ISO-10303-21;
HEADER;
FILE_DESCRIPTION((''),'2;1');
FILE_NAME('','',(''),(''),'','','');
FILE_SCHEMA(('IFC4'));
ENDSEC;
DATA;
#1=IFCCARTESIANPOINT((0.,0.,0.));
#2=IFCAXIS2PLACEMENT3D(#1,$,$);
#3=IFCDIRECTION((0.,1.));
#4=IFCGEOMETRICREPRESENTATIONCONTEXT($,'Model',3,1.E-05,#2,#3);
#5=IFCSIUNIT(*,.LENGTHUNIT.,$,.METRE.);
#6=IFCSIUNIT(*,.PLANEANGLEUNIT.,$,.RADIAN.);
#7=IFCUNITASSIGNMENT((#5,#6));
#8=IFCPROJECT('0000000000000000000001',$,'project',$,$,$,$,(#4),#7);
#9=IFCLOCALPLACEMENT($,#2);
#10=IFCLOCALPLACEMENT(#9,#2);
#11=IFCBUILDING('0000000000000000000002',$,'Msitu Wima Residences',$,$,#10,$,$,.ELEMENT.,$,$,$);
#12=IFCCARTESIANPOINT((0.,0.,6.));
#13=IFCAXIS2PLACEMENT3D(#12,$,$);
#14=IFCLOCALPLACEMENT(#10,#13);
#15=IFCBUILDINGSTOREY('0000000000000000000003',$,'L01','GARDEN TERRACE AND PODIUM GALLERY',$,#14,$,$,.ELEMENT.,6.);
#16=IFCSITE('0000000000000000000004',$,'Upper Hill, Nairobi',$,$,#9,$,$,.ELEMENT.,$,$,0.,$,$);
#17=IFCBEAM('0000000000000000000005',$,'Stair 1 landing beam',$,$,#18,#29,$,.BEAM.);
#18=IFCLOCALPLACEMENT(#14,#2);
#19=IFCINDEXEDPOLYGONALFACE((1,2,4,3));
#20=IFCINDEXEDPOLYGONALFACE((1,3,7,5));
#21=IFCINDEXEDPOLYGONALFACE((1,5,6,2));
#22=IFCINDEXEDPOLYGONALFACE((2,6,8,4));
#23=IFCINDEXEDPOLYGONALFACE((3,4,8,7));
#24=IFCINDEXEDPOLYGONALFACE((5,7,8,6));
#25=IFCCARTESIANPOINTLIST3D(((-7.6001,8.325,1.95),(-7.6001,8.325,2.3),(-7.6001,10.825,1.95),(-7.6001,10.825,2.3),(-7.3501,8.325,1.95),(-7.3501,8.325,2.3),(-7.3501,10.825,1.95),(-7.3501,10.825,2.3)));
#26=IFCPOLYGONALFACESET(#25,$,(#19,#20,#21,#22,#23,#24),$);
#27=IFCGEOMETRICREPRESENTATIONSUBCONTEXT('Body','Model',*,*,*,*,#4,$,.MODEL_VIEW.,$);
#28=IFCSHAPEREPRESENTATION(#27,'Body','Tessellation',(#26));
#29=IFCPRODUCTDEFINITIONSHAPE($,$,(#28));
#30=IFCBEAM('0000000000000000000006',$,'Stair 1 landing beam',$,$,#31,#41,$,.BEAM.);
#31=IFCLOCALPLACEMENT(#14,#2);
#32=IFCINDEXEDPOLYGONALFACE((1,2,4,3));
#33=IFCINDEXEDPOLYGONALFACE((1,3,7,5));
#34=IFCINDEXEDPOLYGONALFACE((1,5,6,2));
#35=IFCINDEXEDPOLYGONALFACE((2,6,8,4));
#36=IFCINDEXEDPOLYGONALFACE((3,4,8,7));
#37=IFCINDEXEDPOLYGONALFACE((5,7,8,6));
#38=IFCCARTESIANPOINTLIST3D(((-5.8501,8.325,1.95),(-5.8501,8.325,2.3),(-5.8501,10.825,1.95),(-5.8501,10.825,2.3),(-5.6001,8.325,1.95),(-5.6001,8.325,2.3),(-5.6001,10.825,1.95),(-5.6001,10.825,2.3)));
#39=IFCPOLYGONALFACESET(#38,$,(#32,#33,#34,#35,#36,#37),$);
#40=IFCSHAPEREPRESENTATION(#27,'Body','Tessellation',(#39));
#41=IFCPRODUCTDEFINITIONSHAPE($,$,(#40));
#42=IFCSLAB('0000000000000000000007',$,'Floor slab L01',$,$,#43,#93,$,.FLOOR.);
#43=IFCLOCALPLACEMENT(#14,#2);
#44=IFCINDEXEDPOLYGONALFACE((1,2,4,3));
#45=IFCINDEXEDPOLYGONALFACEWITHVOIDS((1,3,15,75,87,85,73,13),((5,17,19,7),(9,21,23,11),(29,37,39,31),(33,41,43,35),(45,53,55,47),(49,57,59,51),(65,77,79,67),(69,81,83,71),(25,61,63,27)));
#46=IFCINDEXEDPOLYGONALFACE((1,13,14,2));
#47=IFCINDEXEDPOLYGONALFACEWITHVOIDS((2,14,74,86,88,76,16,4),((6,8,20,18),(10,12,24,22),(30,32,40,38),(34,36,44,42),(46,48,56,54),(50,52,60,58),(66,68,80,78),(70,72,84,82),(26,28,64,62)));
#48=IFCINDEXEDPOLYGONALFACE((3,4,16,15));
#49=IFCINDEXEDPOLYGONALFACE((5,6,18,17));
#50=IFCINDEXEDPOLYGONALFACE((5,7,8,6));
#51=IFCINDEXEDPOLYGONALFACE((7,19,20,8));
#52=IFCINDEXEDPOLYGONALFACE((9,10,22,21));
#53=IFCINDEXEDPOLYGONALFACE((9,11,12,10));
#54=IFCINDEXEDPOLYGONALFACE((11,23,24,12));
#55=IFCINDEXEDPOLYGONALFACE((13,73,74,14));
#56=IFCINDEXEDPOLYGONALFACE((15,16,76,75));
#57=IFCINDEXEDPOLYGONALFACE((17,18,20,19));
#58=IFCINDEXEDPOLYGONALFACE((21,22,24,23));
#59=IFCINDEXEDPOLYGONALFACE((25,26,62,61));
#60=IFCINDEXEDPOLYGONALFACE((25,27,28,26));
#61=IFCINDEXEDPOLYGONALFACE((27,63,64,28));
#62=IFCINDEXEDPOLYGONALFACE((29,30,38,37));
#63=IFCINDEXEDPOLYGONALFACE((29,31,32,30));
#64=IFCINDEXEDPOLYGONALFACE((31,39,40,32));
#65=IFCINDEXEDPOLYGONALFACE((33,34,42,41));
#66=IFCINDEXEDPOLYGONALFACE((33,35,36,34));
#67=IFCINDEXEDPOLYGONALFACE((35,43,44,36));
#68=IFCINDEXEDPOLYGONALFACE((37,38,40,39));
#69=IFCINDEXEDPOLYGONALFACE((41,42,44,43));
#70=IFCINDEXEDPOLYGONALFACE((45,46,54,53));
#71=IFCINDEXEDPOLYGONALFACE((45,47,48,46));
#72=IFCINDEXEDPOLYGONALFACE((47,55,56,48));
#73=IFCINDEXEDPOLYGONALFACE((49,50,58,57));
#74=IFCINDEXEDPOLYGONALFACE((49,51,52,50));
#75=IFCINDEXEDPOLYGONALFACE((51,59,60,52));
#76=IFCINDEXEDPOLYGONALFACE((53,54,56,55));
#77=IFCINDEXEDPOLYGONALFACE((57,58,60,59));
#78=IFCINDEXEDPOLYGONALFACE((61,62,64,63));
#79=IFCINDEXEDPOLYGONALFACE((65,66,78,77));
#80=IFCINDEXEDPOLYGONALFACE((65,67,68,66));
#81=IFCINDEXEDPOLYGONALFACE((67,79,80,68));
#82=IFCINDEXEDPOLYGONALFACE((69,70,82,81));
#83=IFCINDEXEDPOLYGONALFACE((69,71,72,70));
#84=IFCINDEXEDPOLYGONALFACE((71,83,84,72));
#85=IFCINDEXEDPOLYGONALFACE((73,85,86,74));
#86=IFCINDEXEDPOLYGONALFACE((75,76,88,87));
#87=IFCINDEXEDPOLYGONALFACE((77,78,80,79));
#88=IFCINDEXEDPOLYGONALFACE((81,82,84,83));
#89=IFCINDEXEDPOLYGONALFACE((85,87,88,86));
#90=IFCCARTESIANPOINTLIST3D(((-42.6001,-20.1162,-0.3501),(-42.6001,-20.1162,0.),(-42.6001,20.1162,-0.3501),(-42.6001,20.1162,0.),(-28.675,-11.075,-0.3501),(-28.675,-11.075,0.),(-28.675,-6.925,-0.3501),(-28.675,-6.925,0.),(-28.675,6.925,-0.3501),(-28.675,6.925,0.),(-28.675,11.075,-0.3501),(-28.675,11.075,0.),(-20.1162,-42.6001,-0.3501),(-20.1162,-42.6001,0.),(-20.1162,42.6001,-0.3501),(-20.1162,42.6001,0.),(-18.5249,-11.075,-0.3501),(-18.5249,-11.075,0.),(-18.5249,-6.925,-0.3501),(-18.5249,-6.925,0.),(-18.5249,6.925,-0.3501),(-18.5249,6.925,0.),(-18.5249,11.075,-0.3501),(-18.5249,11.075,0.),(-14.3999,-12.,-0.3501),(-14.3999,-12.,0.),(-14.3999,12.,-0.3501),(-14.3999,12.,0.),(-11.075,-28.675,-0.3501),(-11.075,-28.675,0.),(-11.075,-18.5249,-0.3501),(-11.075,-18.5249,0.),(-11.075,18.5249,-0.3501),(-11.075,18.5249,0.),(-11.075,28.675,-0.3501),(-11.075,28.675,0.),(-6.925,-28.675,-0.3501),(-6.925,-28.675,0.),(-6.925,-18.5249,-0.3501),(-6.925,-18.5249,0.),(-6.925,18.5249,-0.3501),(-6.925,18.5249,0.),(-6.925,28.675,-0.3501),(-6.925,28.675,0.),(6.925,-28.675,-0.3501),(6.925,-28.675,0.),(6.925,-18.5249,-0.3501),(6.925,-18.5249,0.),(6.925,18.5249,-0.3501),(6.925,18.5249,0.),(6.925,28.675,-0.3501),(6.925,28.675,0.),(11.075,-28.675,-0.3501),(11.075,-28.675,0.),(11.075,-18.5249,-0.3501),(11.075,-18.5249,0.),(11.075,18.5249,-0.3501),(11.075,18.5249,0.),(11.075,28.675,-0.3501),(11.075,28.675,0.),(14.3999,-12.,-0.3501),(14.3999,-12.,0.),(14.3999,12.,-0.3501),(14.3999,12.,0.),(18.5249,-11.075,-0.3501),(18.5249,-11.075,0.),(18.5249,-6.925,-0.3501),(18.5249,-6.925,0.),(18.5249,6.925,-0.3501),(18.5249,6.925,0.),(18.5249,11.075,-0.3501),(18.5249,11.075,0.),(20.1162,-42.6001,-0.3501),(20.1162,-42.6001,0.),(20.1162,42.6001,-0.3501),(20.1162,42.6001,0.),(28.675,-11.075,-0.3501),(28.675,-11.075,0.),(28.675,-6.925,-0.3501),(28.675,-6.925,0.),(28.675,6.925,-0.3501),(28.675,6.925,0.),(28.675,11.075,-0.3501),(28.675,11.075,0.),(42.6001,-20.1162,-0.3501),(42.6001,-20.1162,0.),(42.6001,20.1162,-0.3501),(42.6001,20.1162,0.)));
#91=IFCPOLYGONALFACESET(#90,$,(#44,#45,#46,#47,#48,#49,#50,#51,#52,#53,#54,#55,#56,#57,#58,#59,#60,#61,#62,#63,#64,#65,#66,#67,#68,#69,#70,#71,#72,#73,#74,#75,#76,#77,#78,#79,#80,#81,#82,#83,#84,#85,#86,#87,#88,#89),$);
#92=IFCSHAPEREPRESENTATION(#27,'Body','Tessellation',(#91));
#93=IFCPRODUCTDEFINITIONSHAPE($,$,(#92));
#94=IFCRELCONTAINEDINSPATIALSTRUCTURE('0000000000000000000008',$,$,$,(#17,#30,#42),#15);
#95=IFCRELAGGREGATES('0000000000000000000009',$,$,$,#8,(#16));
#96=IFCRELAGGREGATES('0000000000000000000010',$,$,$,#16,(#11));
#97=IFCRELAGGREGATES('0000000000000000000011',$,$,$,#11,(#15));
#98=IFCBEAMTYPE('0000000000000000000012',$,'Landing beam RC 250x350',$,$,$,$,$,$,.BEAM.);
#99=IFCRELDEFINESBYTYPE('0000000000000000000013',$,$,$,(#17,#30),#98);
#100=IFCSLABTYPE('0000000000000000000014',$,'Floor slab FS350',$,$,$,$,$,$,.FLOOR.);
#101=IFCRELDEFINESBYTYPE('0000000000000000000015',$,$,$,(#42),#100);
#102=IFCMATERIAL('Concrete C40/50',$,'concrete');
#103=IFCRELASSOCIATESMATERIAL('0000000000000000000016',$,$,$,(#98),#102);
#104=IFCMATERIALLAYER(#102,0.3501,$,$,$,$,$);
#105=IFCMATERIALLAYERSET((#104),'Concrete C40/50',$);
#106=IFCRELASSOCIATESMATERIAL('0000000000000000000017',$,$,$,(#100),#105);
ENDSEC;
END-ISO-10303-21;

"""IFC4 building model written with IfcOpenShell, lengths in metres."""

from ifc_helpers import new_model, si_unit, direction, frame, origin, origin_2d, place, context, subcontext, project, spatial, polyline, rectangle, outline, extrude, material, layer, layer_set, material_profile, profile_set, type_object, element, save


model = new_model("IFC4")

# Units and contexts
model_context = context("Model", 3, precision=1e-05, world=origin(), true_north=direction((0.0, 1.0)))
body_context = subcontext(model_context, "Body", "Model", "MODEL_VIEW")
ifc_project = project(units=[si_unit("LENGTHUNIT", "METRE"), si_unit("PLANEANGLEUNIT", "RADIAN")], contexts=[model_context])

# Site, building, storey
site_placement = place(None, origin())
site = spatial("IfcSite", under=ifc_project, at=site_placement, Name="Upper Hill, Nairobi", CompositionType="ELEMENT", RefElevation=0.0)
building_placement = place(site_placement, origin())
building = spatial("IfcBuilding", under=site, at=building_placement, Name="Msitu Wima Residences", CompositionType="ELEMENT")
storey_placement = place(building_placement, frame((0.0, 0.0, 6.0)))
storey = spatial("IfcBuildingStorey", under=building, at=storey_placement, Name="L01", Description="GARDEN TERRACE AND PODIUM GALLERY", CompositionType="ELEMENT", Elevation=6.0)

# Beams
ifc_material_1 = material(Name="Concrete C40/50", Category="concrete")
ifc_material_profile = material_profile(ifc_material_1, rectangle(XDim=0.25, YDim=0.3501, at=origin_2d()), Name="RC 250x350")
ifc_profile_set = profile_set([ifc_material_profile], Name="Concrete C40/50")
beam_type = type_object("IfcBeamType", Name="Landing beam RC 250x350", PredefinedType="BEAM", material=ifc_profile_set)
for number, where, z_axis, x_axis, name in (
    (1, (-7.4751, 8.325, 2.125), (0.0, 1.0, 0.0), (-1.0, 0.0, 0.0), "Stair 1 landing beam"),
    (2, (-5.7251, 8.325, 2.125), (0.0, 1.0, 0.0), (-1.0, 0.0, 0.0), "Stair 1 landing beam"),
):
    element("IfcBeam", number, at=place(storey_placement, frame(where, z_axis=z_axis, x_axis=x_axis)), inside=storey, type_object=beam_type, Name=name, PredefinedType="BEAM", context=body_context, shape_type="SweptSolid", body=[
        extrude(rectangle(XDim=0.25, YDim=0.3501, at=origin_2d()), origin(), (0.0, 0.0, 1.0), 2.5),
    ])

# Slab
ifc_layer_1 = layer(ifc_material_1, 0.3501)
ifc_layer_set_1 = layer_set([ifc_layer_1], Name="Concrete C40/50")
slab_type_1 = type_object("IfcSlabType", Name="Floor slab FS350", PredefinedType="FLOOR", material=ifc_layer_set_1)
slab_1_placement = place(storey_placement, frame((0.0, 0.0, -0.3501)))
element("IfcSlab", 3, at=slab_1_placement, inside=storey, type_object=slab_type_1, Name="Floor slab L01", PredefinedType="FLOOR", context=body_context, shape_type="SweptSolid", body=[
    extrude(outline(polyline([(20.1162, -42.6001), (-20.1162, -42.6001), (-42.6001, -20.1162), (-42.6001, 20.1162), (-20.1162, 42.6001), (20.1162, 42.6001), (42.6001, 20.1162), (42.6001, -20.1162), (20.1162, -42.6001)]), holes=[polyline([(14.3999, 12.0), (-14.3999, 12.0), (-14.3999, -12.0), (14.3999, -12.0), (14.3999, 12.0)]), polyline([(18.5249, 6.925), (28.675, 6.925), (28.675, 11.075), (18.5249, 11.075), (18.5249, 6.925)]), polyline([(28.675, -6.925), (18.5249, -6.925), (18.5249, -11.075), (28.675, -11.075), (28.675, -6.925)]), polyline([(-11.075, 28.675), (-11.075, 18.5249), (-6.925, 18.5249), (-6.925, 28.675), (-11.075, 28.675)]), polyline([(11.075, 18.5249), (11.075, 28.675), (6.925, 28.675), (6.925, 18.5249), (11.075, 18.5249)]), polyline([(-18.5249, -6.925), (-28.675, -6.925), (-28.675, -11.075), (-18.5249, -11.075), (-18.5249, -6.925)]), polyline([(-28.675, 6.925), (-18.5249, 6.925), (-18.5249, 11.075), (-28.675, 11.075), (-28.675, 6.925)]), polyline([(11.075, -28.675), (11.075, -18.5249), (6.925, -18.5249), (6.925, -28.675), (11.075, -28.675)]), polyline([(-11.075, -18.5249), (-11.075, -28.675), (-6.925, -28.675), (-6.925, -18.5249), (-11.075, -18.5249)])]), origin(), (0.0, 0.0, 1.0), 0.3501),
])

save(model, "model.ifc")
